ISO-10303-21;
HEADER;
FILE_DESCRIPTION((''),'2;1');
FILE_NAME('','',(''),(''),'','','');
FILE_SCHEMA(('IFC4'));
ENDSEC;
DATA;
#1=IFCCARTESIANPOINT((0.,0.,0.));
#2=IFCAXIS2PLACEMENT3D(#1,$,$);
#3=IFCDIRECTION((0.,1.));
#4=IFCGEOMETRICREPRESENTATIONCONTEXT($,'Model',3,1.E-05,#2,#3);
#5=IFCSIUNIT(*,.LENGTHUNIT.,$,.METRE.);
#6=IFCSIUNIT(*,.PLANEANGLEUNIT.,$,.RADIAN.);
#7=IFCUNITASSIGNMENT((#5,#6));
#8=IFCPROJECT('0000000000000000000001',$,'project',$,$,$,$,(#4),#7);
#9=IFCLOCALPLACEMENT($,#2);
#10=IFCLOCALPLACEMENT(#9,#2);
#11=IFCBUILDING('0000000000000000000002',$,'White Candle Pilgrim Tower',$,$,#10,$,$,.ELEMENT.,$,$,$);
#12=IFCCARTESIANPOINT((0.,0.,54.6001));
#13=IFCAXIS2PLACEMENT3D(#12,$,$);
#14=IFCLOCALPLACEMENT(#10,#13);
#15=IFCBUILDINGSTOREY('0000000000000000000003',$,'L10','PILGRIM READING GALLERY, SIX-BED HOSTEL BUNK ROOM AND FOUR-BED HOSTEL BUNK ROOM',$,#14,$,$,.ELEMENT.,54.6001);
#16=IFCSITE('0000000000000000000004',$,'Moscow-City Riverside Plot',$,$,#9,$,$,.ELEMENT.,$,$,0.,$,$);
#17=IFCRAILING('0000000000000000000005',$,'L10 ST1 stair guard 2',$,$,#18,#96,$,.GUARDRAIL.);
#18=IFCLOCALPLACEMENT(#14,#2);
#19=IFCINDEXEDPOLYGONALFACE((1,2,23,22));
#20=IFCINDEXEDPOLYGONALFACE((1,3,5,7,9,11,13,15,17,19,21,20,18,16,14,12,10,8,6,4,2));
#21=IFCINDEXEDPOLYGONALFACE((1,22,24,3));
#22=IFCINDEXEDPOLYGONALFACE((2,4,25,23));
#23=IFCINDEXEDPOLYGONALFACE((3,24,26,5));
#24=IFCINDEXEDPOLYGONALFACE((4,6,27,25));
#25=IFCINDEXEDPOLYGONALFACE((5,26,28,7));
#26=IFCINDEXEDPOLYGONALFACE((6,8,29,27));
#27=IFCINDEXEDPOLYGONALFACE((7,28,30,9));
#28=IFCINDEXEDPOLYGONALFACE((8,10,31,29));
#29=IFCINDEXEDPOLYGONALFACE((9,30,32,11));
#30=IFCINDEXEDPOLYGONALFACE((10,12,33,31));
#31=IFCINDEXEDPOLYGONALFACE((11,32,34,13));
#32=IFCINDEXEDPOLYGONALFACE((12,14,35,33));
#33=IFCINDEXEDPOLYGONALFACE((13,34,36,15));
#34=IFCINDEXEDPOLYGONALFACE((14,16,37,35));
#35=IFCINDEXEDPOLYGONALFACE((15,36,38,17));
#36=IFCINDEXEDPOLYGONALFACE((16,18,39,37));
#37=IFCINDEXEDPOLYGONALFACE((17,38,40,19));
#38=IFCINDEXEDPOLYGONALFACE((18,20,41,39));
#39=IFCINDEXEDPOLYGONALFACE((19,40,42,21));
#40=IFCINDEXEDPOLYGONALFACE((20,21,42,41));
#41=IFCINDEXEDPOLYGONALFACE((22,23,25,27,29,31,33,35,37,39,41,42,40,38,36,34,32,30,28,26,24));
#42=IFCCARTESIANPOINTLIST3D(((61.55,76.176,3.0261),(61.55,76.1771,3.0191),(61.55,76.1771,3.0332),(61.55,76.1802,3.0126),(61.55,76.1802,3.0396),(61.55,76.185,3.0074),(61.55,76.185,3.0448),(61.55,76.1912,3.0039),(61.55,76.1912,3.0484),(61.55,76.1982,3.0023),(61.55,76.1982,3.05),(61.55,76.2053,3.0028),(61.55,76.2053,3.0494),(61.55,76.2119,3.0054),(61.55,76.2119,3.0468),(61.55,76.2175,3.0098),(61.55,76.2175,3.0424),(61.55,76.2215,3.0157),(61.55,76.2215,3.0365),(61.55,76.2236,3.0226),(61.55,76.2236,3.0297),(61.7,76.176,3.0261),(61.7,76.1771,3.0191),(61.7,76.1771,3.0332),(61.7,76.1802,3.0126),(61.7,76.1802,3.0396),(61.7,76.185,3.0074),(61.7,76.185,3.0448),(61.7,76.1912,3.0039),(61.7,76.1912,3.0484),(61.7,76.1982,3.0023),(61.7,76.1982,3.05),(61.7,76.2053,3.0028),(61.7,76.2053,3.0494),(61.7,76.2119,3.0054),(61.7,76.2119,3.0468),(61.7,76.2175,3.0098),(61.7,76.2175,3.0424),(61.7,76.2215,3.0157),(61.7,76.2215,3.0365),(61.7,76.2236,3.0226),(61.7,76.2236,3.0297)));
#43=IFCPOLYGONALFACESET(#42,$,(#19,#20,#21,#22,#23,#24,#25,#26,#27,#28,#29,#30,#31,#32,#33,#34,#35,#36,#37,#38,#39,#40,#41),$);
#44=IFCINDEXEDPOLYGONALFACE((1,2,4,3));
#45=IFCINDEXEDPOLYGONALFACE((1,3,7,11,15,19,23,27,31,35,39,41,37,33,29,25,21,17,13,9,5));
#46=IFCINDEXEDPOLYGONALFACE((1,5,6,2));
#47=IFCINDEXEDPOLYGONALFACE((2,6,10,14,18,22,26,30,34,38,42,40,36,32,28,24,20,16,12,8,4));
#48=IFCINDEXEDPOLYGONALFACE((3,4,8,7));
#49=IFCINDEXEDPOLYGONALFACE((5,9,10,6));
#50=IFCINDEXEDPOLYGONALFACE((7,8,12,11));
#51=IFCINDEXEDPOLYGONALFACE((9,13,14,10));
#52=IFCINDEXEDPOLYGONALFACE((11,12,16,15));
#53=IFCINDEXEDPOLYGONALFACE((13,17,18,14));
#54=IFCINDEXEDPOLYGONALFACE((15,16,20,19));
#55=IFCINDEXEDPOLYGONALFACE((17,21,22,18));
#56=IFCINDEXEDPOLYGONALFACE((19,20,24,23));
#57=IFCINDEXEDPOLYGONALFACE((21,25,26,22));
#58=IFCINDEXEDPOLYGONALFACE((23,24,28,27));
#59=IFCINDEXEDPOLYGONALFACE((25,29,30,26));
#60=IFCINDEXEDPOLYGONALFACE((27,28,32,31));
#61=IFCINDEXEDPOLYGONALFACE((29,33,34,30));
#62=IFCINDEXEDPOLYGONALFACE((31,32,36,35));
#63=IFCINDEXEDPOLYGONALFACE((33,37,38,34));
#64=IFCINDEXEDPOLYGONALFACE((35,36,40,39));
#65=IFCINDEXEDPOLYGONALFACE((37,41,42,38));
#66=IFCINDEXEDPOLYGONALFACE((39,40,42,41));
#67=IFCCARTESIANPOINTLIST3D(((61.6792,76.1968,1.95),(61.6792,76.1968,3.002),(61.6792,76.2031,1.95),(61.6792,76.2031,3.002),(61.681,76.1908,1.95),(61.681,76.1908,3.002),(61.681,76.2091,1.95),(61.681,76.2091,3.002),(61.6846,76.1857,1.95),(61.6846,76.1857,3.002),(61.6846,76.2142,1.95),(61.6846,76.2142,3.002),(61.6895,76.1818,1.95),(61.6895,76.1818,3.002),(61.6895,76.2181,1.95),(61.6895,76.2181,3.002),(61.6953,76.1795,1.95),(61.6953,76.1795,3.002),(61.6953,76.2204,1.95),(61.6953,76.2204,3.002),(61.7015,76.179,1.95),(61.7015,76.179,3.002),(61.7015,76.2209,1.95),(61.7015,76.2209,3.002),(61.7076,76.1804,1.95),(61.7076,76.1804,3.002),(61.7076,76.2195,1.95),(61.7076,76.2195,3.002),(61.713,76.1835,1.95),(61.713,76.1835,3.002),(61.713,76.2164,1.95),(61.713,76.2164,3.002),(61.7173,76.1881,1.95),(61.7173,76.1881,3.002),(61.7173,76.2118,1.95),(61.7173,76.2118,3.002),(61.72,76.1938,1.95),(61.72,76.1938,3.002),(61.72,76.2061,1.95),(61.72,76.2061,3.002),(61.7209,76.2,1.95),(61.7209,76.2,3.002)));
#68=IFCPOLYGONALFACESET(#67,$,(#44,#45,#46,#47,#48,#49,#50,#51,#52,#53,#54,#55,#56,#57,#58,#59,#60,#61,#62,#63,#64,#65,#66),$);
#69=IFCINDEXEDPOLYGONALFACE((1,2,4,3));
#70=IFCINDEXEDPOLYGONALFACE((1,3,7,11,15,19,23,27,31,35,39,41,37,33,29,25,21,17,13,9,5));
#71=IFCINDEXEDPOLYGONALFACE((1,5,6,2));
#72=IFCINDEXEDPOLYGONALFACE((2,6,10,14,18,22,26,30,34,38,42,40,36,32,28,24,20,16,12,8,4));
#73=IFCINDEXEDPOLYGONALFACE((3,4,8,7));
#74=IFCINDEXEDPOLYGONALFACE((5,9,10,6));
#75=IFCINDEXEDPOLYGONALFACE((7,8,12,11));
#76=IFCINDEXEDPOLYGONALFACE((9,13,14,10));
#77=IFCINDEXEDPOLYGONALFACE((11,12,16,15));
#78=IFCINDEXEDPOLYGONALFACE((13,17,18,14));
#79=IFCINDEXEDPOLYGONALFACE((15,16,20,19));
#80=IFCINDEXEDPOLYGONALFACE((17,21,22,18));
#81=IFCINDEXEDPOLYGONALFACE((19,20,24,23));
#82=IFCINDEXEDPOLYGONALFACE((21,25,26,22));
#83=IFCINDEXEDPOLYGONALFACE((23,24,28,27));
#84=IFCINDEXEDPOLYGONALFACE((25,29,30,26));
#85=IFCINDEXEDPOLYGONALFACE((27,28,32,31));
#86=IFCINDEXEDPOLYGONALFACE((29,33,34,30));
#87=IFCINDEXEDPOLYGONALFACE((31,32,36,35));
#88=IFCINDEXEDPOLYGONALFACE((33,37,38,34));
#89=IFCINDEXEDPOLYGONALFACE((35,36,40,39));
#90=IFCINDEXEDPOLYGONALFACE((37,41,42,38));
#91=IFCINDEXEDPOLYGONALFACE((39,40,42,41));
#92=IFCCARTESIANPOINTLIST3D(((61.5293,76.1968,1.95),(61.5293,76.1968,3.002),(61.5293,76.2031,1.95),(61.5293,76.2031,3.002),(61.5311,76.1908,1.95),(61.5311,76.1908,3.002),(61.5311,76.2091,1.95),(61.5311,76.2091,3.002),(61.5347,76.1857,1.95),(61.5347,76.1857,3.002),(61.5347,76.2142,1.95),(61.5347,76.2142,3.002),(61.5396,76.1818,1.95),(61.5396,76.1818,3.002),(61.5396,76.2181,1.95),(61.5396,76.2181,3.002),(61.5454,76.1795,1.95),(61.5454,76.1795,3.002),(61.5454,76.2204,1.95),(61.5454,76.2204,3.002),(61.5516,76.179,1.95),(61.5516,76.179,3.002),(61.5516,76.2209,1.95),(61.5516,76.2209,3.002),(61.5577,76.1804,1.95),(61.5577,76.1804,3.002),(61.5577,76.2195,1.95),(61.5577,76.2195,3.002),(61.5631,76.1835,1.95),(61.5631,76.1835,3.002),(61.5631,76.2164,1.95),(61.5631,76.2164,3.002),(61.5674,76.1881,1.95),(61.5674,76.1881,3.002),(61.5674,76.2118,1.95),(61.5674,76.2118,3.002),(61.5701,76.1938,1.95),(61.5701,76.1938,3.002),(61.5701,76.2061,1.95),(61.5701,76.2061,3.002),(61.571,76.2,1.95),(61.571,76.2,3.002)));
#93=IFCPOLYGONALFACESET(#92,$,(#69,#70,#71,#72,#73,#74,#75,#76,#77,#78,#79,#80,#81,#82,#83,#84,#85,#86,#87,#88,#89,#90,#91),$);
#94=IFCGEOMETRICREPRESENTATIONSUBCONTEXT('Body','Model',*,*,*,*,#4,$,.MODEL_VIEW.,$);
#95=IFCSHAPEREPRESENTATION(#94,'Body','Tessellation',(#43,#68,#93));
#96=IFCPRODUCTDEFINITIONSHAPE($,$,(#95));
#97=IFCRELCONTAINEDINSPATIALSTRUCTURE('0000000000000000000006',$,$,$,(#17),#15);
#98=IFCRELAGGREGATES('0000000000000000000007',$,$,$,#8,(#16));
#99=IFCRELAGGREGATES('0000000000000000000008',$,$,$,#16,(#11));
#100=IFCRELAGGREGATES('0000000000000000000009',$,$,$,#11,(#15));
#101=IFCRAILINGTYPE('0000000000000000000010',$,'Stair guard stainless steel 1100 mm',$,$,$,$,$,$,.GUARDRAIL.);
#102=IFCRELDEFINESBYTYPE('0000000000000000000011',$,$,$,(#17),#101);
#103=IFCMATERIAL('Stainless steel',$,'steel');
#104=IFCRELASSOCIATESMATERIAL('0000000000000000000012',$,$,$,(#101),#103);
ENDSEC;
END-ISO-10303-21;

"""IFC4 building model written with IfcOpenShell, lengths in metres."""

from ifc_helpers import new_model, si_unit, direction, frame, origin, origin_2d, place, context, subcontext, project, spatial, circle, extrude, material, type_object, element, save


model = new_model("IFC4")

# Units and contexts
model_context = context("Model", 3, precision=1e-05, world=origin(), true_north=direction((0.0, 1.0)))
body_context = subcontext(model_context, "Body", "Model", "MODEL_VIEW")
ifc_project = project(units=[si_unit("LENGTHUNIT", "METRE"), si_unit("PLANEANGLEUNIT", "RADIAN")], contexts=[model_context])

# Site, building, storey
site_placement = place(None, origin())
site = spatial("IfcSite", under=ifc_project, at=site_placement, Name="Moscow-City Riverside Plot", CompositionType="ELEMENT", RefElevation=0.0)
building_placement = place(site_placement, origin())
building = spatial("IfcBuilding", under=site, at=building_placement, Name="White Candle Pilgrim Tower", CompositionType="ELEMENT")
storey_placement = place(building_placement, frame((0.0, 0.0, 54.6001)))
storey = spatial("IfcBuildingStorey", under=building, at=storey_placement, Name="L10", Description="PILGRIM READING GALLERY, SIX-BED HOSTEL BUNK ROOM AND FOUR-BED HOSTEL BUNK ROOM", CompositionType="ELEMENT", Elevation=54.6001)

# Railing
ifc_material_1 = material(Name="Stainless steel", Category="steel")
railing_type_1 = type_object("IfcRailingType", Name="Stair guard stainless steel 1100 mm", PredefinedType="GUARDRAIL", material=ifc_material_1)
railing_1_placement = place(storey_placement, frame((61.7, 76.2, 1.95)))
element("IfcRailing", 1, at=railing_1_placement, inside=storey, type_object=railing_type_1, Name="L10 ST1 stair guard 2", PredefinedType="GUARDRAIL", context=body_context, shape_type="SweptSolid", body=[
    extrude(circle(Radius=0.0239, at=origin_2d()), frame((0.0, 0.0, 1.0762), z_axis=(-1.0, 0.0, 0.0), x_axis=(0.0, -1.0, 0.0)), (0.0, 0.0, 1.0), 0.1499),
    extrude(circle(Radius=0.021, at=origin_2d()), origin(), (0.0, 0.0, 1.0), 1.052),
    extrude(circle(Radius=0.021, at=origin_2d()), frame((-0.1499, 0.0, 0.0)), (0.0, 0.0, 1.0), 1.052),
])

save(model, "model.ifc")
